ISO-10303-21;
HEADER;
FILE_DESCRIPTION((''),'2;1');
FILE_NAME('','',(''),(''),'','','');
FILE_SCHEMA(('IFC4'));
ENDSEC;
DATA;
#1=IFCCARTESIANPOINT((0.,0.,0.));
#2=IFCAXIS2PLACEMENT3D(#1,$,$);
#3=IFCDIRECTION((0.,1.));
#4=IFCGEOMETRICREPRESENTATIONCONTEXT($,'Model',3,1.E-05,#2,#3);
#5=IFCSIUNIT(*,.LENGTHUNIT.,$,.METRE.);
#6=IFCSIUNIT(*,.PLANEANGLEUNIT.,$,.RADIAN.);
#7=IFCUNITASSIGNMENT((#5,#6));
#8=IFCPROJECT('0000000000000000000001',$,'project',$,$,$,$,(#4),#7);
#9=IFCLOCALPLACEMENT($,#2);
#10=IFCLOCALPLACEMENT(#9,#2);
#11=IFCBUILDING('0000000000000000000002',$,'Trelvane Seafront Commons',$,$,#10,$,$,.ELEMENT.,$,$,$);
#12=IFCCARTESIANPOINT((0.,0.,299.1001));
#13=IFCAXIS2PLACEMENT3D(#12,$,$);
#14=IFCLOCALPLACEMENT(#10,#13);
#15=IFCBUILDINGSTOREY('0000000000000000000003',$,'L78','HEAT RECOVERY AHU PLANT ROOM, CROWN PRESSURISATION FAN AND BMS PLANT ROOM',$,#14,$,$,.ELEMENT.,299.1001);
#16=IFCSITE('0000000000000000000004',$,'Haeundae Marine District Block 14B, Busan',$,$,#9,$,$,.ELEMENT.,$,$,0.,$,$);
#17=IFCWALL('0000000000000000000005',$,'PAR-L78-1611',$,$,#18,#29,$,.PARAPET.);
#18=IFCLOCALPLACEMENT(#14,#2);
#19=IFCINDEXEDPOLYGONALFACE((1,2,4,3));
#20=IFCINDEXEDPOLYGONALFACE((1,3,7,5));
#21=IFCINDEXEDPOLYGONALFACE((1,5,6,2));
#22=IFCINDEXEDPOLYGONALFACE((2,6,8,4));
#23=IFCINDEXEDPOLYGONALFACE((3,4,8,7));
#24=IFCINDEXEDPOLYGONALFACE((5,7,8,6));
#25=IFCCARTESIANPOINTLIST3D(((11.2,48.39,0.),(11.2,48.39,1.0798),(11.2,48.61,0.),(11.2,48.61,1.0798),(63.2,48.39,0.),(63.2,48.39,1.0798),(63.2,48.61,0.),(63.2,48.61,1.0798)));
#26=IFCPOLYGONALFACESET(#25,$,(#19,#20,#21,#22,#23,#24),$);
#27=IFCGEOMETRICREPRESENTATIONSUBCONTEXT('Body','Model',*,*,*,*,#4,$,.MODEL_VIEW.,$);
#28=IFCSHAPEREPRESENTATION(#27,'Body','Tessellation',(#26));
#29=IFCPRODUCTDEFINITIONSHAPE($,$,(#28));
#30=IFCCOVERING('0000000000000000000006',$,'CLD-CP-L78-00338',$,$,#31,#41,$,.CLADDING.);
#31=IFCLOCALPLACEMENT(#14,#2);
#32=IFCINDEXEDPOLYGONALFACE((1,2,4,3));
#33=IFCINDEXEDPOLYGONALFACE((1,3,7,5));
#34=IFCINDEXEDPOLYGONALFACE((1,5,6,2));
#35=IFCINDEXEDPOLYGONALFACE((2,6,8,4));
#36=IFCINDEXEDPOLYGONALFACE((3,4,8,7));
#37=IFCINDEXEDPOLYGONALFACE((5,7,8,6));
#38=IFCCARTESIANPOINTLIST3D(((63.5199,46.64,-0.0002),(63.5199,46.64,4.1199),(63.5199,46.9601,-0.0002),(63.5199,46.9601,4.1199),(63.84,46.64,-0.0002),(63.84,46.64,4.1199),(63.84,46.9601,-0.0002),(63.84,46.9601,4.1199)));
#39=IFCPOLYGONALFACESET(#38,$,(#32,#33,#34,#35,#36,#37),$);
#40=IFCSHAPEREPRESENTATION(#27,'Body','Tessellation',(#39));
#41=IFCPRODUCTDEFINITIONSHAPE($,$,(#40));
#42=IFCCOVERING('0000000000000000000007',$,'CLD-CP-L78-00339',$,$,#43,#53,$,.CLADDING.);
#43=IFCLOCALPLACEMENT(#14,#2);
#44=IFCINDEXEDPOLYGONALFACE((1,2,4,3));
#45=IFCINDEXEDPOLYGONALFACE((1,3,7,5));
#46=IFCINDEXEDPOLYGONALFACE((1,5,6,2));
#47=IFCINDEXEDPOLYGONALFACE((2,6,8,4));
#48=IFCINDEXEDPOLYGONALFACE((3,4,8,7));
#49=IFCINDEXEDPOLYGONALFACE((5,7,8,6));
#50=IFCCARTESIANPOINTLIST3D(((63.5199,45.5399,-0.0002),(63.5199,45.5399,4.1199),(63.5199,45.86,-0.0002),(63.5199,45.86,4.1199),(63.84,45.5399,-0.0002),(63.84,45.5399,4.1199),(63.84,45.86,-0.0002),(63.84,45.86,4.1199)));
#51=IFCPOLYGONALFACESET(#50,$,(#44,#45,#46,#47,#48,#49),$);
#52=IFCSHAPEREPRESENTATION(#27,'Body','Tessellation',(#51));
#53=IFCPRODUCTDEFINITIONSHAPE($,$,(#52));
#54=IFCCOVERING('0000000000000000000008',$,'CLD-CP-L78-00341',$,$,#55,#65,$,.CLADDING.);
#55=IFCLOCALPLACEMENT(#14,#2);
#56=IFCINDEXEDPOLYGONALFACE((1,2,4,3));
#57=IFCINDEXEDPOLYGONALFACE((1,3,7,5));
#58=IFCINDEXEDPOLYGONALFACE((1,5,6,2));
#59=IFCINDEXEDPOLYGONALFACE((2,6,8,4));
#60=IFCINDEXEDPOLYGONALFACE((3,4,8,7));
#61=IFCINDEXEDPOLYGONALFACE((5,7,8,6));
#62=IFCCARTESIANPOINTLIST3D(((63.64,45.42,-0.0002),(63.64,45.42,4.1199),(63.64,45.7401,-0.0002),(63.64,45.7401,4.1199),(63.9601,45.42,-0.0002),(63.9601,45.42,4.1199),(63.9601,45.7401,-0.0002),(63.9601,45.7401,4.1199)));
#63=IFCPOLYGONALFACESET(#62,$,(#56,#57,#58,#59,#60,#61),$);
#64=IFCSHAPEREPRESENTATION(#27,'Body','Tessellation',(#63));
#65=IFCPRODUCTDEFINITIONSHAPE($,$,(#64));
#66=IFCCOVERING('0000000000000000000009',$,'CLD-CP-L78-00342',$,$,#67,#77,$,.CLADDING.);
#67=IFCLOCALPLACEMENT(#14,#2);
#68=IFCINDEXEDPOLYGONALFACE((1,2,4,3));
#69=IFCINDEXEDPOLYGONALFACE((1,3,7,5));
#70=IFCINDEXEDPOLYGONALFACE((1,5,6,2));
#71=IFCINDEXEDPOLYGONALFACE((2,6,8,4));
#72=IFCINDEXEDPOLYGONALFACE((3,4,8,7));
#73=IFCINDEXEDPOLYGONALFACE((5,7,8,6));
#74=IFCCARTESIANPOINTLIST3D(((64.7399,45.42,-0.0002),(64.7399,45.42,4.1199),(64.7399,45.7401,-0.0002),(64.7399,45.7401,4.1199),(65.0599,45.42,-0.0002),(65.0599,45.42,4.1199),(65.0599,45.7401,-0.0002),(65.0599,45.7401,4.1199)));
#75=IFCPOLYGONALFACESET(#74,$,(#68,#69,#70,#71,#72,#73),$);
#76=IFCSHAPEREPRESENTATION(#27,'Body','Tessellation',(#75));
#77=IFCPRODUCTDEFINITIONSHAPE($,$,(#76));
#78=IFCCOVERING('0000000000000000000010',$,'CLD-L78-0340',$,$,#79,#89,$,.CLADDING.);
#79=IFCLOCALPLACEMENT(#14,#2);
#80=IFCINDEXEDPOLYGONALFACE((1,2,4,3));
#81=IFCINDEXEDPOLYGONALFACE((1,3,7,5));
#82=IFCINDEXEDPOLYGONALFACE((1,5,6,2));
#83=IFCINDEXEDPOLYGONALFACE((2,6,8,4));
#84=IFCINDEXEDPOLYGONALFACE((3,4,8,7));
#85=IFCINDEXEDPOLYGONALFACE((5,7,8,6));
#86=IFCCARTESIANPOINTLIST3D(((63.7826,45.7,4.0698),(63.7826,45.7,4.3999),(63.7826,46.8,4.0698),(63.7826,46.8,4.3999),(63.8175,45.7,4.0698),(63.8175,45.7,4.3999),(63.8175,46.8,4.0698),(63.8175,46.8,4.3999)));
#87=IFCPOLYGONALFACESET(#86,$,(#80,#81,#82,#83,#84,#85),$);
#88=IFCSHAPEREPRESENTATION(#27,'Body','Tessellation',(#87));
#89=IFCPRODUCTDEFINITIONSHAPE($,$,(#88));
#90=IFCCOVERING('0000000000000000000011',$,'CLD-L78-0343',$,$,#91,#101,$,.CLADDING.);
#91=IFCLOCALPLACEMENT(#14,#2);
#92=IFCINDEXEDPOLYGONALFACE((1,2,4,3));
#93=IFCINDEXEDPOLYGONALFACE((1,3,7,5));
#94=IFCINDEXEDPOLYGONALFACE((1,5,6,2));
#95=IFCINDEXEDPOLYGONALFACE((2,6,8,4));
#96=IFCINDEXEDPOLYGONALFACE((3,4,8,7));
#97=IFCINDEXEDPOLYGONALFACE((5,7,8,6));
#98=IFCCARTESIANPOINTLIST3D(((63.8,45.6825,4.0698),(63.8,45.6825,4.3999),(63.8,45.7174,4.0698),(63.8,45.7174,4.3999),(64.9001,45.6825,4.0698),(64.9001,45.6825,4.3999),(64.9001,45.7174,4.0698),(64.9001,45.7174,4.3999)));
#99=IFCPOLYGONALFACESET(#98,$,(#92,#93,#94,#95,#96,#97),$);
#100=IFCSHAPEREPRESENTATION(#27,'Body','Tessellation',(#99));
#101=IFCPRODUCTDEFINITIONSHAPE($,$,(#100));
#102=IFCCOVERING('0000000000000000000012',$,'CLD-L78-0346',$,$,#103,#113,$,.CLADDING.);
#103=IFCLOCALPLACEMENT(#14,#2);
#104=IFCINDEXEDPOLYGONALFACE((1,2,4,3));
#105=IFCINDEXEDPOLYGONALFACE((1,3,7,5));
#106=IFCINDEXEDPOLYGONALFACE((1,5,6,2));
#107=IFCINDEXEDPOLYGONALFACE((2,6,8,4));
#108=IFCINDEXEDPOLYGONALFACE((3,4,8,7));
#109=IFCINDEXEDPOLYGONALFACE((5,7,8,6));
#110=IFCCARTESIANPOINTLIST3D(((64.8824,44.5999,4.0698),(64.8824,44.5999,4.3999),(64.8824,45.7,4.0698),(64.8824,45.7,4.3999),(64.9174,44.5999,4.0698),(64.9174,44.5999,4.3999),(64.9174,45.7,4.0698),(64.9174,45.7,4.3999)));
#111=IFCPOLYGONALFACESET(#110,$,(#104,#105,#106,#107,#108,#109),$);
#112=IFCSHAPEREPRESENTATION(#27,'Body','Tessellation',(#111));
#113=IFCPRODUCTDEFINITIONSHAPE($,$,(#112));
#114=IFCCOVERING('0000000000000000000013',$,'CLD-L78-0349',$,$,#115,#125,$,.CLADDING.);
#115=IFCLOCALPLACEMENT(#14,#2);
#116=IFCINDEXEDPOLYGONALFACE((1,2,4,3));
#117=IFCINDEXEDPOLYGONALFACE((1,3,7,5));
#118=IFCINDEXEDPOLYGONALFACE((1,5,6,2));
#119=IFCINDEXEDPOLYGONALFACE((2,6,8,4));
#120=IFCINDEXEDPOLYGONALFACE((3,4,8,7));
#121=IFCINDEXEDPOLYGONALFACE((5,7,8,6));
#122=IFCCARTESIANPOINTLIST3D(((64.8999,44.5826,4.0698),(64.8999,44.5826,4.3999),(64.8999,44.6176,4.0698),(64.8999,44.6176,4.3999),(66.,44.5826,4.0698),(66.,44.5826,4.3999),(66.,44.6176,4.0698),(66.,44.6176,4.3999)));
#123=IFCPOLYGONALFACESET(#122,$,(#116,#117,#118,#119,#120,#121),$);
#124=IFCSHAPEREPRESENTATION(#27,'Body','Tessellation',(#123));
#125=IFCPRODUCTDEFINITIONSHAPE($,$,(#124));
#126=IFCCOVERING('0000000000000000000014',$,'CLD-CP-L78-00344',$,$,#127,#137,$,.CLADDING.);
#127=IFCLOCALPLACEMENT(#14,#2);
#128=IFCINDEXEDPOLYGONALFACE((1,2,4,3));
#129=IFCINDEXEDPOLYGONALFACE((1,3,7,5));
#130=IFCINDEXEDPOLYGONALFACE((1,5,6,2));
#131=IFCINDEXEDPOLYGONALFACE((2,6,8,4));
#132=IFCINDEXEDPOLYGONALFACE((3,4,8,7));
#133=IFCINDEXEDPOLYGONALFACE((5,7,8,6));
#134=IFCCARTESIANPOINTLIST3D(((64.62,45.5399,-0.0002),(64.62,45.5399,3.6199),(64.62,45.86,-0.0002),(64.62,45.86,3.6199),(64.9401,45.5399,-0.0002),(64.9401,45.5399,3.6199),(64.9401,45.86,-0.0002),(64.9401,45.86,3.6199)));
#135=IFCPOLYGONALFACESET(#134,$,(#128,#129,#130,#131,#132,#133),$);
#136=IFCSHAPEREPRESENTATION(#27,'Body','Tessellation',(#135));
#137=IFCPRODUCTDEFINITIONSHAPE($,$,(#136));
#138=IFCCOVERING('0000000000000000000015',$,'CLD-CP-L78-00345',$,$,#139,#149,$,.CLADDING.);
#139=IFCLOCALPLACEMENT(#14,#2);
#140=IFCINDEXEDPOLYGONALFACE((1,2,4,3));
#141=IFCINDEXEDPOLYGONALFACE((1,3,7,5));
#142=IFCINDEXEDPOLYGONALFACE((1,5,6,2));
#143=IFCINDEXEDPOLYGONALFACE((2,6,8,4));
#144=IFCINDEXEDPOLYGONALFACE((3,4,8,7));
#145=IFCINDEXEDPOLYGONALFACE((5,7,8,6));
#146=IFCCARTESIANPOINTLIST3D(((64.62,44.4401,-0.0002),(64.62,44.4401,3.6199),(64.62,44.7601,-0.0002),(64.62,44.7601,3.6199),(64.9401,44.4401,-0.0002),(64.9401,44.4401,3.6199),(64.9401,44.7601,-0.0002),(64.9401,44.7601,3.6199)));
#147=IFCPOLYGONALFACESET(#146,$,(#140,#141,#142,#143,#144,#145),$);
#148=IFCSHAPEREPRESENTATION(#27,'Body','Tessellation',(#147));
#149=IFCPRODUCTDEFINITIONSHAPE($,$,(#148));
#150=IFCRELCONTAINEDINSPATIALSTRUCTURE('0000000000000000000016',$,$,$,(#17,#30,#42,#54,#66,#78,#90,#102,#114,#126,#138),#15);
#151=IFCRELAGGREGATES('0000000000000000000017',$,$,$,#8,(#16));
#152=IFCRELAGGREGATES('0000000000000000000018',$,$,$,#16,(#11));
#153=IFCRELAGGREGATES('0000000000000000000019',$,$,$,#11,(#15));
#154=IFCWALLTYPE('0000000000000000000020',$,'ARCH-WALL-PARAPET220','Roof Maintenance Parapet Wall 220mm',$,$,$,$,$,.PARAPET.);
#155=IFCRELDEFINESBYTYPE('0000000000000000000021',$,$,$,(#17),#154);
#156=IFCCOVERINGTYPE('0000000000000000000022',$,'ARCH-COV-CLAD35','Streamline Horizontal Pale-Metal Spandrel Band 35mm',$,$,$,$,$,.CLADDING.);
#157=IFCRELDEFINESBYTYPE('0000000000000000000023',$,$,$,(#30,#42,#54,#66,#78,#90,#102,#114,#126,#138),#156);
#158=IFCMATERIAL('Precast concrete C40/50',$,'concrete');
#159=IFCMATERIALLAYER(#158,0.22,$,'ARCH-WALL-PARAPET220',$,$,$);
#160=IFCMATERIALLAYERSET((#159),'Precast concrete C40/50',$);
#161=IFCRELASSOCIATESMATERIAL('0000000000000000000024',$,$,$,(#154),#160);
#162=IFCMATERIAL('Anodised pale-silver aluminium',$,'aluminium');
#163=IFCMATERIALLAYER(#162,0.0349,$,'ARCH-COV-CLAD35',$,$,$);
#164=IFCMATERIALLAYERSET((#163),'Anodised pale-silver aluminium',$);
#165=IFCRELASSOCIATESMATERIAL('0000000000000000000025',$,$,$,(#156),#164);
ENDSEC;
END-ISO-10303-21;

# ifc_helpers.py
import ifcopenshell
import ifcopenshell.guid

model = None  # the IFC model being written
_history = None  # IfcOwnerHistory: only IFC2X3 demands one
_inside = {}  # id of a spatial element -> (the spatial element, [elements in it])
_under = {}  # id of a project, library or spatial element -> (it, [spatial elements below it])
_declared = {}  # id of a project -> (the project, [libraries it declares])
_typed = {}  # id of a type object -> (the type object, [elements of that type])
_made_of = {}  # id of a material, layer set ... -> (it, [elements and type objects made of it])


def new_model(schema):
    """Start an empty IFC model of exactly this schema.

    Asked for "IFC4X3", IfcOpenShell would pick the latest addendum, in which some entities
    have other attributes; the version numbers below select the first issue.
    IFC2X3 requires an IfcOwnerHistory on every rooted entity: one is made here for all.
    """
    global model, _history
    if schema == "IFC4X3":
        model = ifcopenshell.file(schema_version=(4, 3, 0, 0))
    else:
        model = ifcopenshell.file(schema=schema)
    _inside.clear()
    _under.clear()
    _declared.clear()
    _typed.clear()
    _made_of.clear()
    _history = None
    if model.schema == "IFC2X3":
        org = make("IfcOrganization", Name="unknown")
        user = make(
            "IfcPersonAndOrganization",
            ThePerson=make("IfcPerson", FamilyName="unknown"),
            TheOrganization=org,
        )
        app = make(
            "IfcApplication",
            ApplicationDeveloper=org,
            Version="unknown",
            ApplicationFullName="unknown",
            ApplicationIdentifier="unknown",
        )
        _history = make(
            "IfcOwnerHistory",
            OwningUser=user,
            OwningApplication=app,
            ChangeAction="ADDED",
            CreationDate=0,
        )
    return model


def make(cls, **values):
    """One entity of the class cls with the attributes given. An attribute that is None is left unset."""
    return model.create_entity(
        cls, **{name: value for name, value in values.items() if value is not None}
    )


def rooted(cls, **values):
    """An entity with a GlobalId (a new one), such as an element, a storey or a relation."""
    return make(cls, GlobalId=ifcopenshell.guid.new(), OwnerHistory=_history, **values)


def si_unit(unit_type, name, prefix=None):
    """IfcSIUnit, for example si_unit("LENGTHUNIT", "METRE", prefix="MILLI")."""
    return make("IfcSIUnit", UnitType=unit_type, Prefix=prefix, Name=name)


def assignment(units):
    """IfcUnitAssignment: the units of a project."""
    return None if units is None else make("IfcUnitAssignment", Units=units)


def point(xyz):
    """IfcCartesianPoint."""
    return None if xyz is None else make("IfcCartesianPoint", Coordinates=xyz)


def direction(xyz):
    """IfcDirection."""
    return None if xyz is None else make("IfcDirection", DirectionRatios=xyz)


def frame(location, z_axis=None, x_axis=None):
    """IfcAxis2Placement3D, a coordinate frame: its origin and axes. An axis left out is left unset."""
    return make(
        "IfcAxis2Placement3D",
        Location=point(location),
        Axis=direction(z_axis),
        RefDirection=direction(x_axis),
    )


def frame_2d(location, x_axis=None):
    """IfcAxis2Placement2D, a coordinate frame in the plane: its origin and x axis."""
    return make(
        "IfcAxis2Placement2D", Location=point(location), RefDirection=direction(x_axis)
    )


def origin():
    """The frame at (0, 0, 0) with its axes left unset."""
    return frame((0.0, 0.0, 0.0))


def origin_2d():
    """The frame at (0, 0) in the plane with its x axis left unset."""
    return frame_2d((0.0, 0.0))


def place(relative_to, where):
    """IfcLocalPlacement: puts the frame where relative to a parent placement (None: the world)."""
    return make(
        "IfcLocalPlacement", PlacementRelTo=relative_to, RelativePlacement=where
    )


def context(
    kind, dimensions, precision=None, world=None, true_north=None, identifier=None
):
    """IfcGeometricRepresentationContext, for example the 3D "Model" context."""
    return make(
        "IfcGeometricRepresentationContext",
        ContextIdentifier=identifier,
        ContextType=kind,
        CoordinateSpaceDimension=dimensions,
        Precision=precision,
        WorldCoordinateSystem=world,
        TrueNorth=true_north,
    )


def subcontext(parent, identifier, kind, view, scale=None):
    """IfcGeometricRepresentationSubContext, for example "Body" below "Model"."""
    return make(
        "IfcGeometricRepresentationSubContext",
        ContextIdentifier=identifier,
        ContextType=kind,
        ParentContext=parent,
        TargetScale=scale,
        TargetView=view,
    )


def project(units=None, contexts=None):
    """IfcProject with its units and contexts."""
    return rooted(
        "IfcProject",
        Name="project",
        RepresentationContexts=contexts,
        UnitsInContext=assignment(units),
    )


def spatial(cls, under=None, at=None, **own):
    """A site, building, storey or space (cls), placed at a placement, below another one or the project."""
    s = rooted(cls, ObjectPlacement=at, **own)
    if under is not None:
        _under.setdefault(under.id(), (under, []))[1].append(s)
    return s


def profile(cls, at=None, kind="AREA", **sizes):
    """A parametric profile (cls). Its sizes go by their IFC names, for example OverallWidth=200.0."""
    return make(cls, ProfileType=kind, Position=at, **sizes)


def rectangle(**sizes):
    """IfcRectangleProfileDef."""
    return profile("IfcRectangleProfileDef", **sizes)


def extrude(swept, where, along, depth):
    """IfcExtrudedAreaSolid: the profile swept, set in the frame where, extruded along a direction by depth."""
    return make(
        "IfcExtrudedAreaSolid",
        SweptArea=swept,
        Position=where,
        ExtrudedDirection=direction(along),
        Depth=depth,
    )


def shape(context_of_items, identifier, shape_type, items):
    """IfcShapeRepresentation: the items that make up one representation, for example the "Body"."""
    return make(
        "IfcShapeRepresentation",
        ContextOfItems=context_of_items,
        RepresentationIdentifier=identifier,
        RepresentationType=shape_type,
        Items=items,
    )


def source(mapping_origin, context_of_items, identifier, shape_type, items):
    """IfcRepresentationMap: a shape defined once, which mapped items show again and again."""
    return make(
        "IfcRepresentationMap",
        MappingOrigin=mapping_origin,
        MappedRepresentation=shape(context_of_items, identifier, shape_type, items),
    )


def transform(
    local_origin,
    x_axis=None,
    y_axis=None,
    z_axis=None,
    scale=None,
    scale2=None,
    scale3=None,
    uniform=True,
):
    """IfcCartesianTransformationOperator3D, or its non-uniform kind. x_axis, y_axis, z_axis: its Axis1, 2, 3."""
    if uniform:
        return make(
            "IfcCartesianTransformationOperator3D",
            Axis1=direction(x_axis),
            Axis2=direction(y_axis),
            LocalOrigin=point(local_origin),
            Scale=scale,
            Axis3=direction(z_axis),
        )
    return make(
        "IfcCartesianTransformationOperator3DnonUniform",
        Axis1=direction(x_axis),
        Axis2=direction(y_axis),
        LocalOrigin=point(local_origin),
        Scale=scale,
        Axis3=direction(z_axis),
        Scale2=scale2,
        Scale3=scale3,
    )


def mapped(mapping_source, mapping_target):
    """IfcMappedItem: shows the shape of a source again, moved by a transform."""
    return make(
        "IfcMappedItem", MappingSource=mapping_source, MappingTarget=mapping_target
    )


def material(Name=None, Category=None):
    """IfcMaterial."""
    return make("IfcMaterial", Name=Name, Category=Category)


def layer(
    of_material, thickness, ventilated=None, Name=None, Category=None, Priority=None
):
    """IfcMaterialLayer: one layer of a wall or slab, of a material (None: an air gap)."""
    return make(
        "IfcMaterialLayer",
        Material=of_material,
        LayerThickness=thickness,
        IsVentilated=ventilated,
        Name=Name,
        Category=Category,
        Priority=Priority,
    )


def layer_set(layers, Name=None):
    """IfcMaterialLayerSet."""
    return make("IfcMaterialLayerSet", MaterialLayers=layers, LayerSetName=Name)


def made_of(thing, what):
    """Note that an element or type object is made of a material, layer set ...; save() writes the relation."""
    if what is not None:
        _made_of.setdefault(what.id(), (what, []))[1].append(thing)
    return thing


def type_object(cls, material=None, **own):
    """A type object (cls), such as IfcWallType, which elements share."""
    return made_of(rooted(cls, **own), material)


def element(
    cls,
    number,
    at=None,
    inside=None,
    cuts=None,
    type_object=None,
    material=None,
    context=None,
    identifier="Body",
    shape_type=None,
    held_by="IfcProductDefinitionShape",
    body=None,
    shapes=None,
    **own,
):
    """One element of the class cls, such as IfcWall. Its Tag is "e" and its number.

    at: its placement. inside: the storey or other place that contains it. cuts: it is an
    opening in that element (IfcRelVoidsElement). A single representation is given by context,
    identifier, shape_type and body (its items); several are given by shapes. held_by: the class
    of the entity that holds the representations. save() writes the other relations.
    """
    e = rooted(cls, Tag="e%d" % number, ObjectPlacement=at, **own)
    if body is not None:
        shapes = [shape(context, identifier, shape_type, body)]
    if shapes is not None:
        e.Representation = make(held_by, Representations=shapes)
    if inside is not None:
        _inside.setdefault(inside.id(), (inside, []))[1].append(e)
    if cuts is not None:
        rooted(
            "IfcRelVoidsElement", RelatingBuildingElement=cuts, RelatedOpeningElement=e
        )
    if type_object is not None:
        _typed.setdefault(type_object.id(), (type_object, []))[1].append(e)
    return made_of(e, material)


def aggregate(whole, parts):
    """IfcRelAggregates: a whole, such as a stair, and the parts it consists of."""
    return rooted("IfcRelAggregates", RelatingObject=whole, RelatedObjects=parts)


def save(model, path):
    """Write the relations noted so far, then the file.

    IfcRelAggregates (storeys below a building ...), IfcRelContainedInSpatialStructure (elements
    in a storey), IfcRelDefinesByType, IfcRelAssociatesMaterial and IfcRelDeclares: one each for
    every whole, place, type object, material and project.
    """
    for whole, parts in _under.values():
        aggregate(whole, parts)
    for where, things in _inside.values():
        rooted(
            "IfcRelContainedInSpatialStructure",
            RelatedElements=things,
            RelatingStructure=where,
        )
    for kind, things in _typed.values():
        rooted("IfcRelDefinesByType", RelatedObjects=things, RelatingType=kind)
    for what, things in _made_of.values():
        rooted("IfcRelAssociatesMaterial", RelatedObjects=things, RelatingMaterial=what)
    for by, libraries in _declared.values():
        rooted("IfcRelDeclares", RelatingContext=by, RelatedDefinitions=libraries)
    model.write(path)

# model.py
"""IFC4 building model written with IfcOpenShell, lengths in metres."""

from ifc_helpers import new_model, si_unit, direction, frame, frame_2d, origin, origin_2d, place, context, subcontext, project, spatial, rectangle, extrude, source, transform, mapped, material, layer, layer_set, type_object, element, save


model = new_model("IFC4")

# Units and contexts
model_context = context("Model", 3, precision=1e-05, world=origin(), true_north=direction((0.0, 1.0)))
body_context = subcontext(model_context, "Body", "Model", "MODEL_VIEW")
ifc_project = project(units=[si_unit("LENGTHUNIT", "METRE"), si_unit("PLANEANGLEUNIT", "RADIAN")], contexts=[model_context])

# Site, building, storey
site_placement = place(None, origin())
site = spatial("IfcSite", under=ifc_project, at=site_placement, Name="Haeundae Marine District Block 14B, Busan", CompositionType="ELEMENT", RefElevation=0.0)
building_placement = place(site_placement, origin())
building = spatial("IfcBuilding", under=site, at=building_placement, Name="Trelvane Seafront Commons", CompositionType="ELEMENT")
storey_placement = place(building_placement, frame((0.0, 0.0, 299.1001)))
storey = spatial("IfcBuildingStorey", under=building, at=storey_placement, Name="L78", Description="HEAT RECOVERY AHU PLANT ROOM, CROWN PRESSURISATION FAN AND BMS PLANT ROOM", CompositionType="ELEMENT", Elevation=299.1001)

# Shared definitions
ifc_material_1 = material(Name="Anodised pale-silver aluminium", Category="aluminium")

# Wall
ifc_material_2 = material(Name="Precast concrete C40/50", Category="concrete")
ifc_layer_1 = layer(ifc_material_2, 0.22, Name="ARCH-WALL-PARAPET220")
ifc_layer_set_1 = layer_set([ifc_layer_1], Name="Precast concrete C40/50")
wall_type_1 = type_object("IfcWallType", Name="ARCH-WALL-PARAPET220", Description="Roof Maintenance Parapet Wall 220mm", PredefinedType="PARAPET", material=ifc_layer_set_1)
wall_1_placement = place(storey_placement, frame((63.2, 48.5, 0.0), z_axis=(0.0, 0.0, 1.0), x_axis=(-1.0, 0.0, 0.0)))
element("IfcWall", 1, at=wall_1_placement, inside=storey, type_object=wall_type_1, Name="PAR-L78-1611", PredefinedType="PARAPET", context=body_context, shape_type="SweptSolid", body=[
    extrude(rectangle(XDim=52.0, YDim=0.22, at=frame_2d((26.0, 0.0))), origin(), (0.0, 0.0, 1.0), 1.0798),
])

# Coverings
ifc_layer_2 = layer(ifc_material_1, 0.0349, Name="ARCH-COV-CLAD35")
ifc_layer_set_2 = layer_set([ifc_layer_2], Name="Anodised pale-silver aluminium")
covering_type = type_object("IfcCoveringType", Name="ARCH-COV-CLAD35", Description="Streamline Horizontal Pale-Metal Spandrel Band 35mm", PredefinedType="CLADDING", material=ifc_layer_set_2)
shared_shape_1 = source(origin(), body_context, "Body", "SweptSolid", [
    extrude(rectangle(XDim=0.3201, YDim=0.3201, at=origin_2d()), origin(), (0.0, 0.0, 1.0), 4.1201),
])
for number, where, z_axis, x_axis, name in (
    (2, (63.6799, 46.8, -0.0002), (0.0, 0.0, 1.0), (1.0, 0.0, 0.0), "CLD-CP-L78-00338"),
    (3, (63.6799, 45.7, -0.0002), (0.0, 0.0, 1.0), (1.0, 0.0, 0.0), "CLD-CP-L78-00339"),
    (4, (63.8, 45.5801, -0.0002), (0.0, 0.0, 1.0), (1.0, 0.0, 0.0), "CLD-CP-L78-00341"),
    (5, (64.8999, 45.5801, -0.0002), (0.0, 0.0, 1.0), (1.0, 0.0, 0.0), "CLD-CP-L78-00342"),
):
    element("IfcCovering", number, at=place(storey_placement, frame(where, z_axis=z_axis, x_axis=x_axis)), inside=storey, type_object=covering_type, Name=name, PredefinedType="CLADDING", context=body_context, shape_type="MappedRepresentation", body=[
        mapped(shared_shape_1, transform((0.0, 0.0, 0.0), x_axis=(1.0, 0.0, 0.0), y_axis=(0.0, 1.0, 0.0), z_axis=(0.0, 0.0, 1.0), scale=1.0)),
    ])
shared_shape_2 = source(origin(), body_context, "Body", "SweptSolid", [
    extrude(rectangle(XDim=1.1001, YDim=0.0349, at=origin_2d()), origin(), (0.0, 0.0, 1.0), 0.3301),
])
for number, where, z_axis, x_axis, name in (
    (6, (63.8, 46.25, 4.0698), (0.0, 0.0, 1.0), (0.0, -1.0, 0.0), "CLD-L78-0340"),
    (7, (64.3501, 45.7, 4.0698), (0.0, 0.0, 1.0), (1.0, 0.0, 0.0), "CLD-L78-0343"),
    (8, (64.8999, 45.1499, 4.0698), (0.0, 0.0, 1.0), (0.0, -1.0, 0.0), "CLD-L78-0346"),
    (9, (65.45, 44.6001, 4.0698), (0.0, 0.0, 1.0), (1.0, 0.0, 0.0), "CLD-L78-0349"),
):
    element("IfcCovering", number, at=place(storey_placement, frame(where, z_axis=z_axis, x_axis=x_axis)), inside=storey, type_object=covering_type, Name=name, PredefinedType="CLADDING", context=body_context, shape_type="MappedRepresentation", body=[
        mapped(shared_shape_2, transform((0.0, 0.0, 0.0), x_axis=(1.0, 0.0, 0.0), y_axis=(0.0, 1.0, 0.0), z_axis=(0.0, 0.0, 1.0), scale=1.0)),
    ])
shared_shape_3 = source(origin(), body_context, "Body", "SweptSolid", [
    extrude(rectangle(XDim=0.3201, YDim=0.3201, at=origin_2d()), origin(), (0.0, 0.0, 1.0), 3.6201),
])
for number, where, z_axis, x_axis, name in (
    (10, (64.78, 45.7, -0.0002), (0.0, 0.0, 1.0), (1.0, 0.0, 0.0), "CLD-CP-L78-00344"),
    (11, (64.78, 44.6001, -0.0002), (0.0, 0.0, 1.0), (1.0, 0.0, 0.0), "CLD-CP-L78-00345"),
):
    element("IfcCovering", number, at=place(storey_placement, frame(where, z_axis=z_axis, x_axis=x_axis)), inside=storey, type_object=covering_type, Name=name, PredefinedType="CLADDING", context=body_context, shape_type="MappedRepresentation", body=[
        mapped(shared_shape_3, transform((0.0, 0.0, 0.0), x_axis=(1.0, 0.0, 0.0), y_axis=(0.0, 1.0, 0.0), z_axis=(0.0, 0.0, 1.0), scale=1.0)),
    ])

save(model, "model.ifc")
